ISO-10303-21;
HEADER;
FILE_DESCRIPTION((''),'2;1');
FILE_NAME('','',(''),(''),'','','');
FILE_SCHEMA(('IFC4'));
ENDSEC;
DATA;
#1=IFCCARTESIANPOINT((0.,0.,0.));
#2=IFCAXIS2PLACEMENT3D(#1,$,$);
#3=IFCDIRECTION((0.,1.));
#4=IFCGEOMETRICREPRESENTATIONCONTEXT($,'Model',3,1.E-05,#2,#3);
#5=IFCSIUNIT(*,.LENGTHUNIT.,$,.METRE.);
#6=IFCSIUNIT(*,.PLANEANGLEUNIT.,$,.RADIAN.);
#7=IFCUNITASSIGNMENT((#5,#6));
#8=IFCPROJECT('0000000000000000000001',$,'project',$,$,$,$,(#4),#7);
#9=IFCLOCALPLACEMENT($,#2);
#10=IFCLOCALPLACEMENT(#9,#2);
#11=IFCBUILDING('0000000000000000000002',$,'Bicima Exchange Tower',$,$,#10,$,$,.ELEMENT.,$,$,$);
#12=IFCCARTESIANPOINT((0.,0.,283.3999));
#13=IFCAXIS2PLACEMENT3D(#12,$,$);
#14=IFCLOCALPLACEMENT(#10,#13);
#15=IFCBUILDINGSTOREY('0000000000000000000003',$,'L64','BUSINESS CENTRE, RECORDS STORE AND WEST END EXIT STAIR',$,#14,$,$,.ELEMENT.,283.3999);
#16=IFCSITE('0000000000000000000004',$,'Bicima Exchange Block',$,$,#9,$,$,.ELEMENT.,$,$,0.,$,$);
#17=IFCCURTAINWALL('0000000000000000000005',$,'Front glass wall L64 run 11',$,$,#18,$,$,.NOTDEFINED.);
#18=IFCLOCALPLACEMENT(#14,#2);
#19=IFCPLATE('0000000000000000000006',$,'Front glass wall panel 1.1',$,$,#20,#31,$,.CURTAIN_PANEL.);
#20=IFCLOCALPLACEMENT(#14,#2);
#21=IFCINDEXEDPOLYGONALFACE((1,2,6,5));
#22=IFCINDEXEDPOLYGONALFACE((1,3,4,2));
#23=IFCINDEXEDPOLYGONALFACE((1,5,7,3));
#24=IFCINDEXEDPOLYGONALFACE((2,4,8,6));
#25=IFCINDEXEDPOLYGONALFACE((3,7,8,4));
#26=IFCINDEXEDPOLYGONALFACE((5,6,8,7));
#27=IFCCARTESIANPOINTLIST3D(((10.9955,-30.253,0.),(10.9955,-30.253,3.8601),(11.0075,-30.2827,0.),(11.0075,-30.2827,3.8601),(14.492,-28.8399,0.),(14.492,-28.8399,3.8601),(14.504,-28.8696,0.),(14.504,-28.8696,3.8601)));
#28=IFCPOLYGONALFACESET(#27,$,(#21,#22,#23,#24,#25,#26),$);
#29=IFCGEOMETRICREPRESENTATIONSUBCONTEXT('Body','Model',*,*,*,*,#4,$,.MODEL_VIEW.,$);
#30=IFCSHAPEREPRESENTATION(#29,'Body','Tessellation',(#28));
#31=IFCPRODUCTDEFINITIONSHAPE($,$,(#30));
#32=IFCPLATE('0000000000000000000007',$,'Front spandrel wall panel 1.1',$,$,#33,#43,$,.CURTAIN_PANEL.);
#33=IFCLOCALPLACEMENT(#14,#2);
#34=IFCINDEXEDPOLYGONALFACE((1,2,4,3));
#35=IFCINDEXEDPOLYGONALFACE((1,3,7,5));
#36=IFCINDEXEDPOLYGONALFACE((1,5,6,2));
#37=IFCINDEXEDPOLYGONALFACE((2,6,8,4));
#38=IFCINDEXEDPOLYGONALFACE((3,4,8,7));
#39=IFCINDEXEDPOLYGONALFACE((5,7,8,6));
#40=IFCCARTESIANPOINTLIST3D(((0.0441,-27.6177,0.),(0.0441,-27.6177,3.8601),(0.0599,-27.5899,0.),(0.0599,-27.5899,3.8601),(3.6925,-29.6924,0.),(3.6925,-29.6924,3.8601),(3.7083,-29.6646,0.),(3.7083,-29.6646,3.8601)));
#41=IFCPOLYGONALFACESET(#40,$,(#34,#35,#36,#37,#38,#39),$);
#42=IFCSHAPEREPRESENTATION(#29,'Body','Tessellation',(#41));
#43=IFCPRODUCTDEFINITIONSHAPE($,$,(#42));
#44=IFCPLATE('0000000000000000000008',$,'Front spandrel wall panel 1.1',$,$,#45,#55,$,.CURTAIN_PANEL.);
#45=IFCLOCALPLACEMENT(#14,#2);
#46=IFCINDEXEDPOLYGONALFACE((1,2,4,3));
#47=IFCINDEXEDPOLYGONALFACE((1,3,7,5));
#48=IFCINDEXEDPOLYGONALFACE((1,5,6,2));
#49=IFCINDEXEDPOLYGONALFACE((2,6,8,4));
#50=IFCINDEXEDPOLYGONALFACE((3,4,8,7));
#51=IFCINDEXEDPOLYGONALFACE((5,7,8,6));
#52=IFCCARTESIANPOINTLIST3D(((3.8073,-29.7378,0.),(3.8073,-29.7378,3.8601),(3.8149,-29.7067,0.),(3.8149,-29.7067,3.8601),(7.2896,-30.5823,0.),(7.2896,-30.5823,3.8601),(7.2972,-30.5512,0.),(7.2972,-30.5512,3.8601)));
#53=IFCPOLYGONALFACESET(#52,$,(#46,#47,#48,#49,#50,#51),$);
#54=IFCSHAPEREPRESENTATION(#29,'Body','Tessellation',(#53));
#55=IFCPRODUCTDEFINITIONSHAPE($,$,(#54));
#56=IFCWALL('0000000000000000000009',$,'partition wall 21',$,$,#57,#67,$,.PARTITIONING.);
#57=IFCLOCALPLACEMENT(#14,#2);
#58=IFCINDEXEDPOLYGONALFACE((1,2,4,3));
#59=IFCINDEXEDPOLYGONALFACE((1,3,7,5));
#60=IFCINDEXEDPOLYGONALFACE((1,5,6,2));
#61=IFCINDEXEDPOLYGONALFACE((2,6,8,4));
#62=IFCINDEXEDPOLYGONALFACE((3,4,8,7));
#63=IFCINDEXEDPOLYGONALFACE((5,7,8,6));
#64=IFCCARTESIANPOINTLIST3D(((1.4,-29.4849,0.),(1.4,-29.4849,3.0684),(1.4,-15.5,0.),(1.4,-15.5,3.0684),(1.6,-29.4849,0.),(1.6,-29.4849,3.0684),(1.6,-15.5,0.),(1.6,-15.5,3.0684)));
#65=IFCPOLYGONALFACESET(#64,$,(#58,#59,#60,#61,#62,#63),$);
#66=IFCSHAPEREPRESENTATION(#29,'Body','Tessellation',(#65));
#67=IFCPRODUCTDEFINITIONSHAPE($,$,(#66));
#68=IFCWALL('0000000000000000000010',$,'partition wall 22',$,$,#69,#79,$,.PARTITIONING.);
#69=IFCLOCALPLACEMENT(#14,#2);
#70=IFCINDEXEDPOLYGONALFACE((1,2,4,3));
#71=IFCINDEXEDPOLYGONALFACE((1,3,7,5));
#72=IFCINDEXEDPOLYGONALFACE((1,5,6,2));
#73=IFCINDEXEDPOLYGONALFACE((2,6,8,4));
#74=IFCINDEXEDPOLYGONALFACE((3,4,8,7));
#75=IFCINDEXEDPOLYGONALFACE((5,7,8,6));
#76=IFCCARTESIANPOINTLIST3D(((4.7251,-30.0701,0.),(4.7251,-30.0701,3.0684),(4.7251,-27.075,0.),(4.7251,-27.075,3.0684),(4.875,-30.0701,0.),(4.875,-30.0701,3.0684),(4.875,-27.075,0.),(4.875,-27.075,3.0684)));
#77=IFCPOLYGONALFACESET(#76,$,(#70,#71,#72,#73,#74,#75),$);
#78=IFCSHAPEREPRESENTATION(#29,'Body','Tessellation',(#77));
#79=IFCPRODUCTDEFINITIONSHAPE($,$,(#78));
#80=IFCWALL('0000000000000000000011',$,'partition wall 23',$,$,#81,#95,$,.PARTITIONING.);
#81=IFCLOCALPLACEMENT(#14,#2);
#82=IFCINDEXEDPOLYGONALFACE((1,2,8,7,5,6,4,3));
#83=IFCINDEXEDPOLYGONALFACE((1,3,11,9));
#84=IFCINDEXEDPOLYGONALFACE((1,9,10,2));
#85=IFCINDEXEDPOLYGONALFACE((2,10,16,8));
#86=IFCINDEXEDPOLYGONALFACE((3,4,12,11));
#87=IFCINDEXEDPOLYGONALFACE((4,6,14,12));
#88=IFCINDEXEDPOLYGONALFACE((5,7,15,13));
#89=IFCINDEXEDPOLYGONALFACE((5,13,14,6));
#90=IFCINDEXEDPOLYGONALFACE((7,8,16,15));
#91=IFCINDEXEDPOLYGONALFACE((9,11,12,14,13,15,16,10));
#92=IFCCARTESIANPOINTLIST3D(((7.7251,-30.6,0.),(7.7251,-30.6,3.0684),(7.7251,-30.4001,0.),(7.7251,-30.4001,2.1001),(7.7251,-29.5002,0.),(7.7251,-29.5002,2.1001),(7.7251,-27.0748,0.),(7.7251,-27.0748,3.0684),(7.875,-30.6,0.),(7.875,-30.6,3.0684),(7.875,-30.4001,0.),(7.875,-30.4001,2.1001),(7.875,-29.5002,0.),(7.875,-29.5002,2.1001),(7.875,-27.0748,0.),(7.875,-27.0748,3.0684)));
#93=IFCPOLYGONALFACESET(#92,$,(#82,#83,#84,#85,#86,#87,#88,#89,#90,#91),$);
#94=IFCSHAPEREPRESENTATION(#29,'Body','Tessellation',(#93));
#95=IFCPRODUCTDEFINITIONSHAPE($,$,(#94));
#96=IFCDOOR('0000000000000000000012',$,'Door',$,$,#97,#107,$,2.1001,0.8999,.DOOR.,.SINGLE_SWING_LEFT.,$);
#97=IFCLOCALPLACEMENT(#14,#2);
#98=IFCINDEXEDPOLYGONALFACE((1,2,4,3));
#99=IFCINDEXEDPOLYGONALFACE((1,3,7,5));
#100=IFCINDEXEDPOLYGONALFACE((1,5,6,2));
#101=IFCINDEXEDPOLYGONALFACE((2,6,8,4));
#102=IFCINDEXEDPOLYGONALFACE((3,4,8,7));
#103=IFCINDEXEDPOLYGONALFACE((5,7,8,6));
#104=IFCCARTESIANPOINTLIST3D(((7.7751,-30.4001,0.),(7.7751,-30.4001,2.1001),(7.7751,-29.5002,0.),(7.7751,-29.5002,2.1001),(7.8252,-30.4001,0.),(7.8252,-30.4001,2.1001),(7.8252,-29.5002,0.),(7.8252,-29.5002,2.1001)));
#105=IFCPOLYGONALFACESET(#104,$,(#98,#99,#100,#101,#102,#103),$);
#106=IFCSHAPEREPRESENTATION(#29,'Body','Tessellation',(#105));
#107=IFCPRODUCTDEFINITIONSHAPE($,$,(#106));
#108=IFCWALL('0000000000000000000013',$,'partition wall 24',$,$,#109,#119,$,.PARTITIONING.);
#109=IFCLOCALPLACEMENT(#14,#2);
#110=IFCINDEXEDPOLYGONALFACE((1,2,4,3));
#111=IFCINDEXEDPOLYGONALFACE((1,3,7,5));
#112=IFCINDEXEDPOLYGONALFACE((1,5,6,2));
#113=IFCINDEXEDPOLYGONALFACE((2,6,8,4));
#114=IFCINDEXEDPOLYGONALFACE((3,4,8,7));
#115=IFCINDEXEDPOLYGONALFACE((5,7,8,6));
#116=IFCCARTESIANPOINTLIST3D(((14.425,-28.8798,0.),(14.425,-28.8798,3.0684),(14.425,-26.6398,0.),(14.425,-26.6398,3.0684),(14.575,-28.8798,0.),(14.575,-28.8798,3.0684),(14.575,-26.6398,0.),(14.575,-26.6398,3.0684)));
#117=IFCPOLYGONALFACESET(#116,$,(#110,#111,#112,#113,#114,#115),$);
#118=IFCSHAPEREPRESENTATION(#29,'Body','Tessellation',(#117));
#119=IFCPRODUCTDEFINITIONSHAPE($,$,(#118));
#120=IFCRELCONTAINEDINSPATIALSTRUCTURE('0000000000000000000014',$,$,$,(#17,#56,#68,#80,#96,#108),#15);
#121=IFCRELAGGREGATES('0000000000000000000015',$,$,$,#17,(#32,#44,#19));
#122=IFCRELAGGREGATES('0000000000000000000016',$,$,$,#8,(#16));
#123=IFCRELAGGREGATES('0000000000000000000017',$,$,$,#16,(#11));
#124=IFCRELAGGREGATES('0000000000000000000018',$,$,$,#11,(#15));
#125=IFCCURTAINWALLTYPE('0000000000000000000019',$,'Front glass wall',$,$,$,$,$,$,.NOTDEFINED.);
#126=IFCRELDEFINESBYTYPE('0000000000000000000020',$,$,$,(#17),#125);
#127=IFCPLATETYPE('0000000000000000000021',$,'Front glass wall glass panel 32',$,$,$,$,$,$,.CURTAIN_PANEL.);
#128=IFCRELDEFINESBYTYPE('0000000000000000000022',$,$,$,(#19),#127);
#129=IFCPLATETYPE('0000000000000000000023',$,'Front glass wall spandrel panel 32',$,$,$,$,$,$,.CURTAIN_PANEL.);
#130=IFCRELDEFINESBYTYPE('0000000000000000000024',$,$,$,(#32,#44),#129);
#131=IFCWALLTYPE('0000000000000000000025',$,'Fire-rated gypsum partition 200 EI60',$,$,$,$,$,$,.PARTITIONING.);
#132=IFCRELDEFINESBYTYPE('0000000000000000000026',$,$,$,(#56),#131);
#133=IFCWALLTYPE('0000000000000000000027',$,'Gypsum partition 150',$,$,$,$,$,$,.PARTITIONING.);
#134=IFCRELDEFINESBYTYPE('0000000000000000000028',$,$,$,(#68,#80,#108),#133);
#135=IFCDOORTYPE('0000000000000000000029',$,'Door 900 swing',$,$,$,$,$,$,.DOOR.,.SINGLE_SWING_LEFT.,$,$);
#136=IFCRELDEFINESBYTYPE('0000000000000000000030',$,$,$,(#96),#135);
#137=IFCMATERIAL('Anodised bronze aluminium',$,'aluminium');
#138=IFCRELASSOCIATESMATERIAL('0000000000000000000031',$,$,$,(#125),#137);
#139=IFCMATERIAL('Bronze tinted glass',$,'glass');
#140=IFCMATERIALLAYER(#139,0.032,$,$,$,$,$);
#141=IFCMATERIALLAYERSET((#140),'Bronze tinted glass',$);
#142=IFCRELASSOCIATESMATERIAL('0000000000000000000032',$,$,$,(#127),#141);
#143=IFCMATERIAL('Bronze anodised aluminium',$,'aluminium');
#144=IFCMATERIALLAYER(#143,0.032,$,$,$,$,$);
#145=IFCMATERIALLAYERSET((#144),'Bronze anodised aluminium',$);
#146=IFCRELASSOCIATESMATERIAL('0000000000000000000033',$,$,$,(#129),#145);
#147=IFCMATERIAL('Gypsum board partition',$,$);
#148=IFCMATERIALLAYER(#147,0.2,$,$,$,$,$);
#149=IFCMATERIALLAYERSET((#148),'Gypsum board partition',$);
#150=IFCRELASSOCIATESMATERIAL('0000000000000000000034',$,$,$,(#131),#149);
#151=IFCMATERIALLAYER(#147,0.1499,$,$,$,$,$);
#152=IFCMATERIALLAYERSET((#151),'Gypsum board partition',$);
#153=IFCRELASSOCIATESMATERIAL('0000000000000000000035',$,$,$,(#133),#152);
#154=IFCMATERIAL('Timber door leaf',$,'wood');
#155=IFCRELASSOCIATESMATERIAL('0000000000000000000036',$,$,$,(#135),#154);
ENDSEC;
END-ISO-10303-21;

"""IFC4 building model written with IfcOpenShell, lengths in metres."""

from ifc_helpers import new_model, si_unit, direction, frame, frame_2d, origin, origin_2d, place, context, subcontext, project, spatial, rectangle, extrude, material, layer, layer_set, type_object, element, fill, aggregate, save


model = new_model("IFC4")

# Units and contexts
model_context = context("Model", 3, precision=1e-05, world=origin(), true_north=direction((0.0, 1.0)))
body_context = subcontext(model_context, "Body", "Model", "MODEL_VIEW")
ifc_project = project(units=[si_unit("LENGTHUNIT", "METRE"), si_unit("PLANEANGLEUNIT", "RADIAN")], contexts=[model_context])

# Site, building, storey
site_placement = place(None, origin())
site = spatial("IfcSite", under=ifc_project, at=site_placement, Name="Bicima Exchange Block", CompositionType="ELEMENT", RefElevation=0.0)
building_placement = place(site_placement, origin())
building = spatial("IfcBuilding", under=site, at=building_placement, Name="Bicima Exchange Tower", CompositionType="ELEMENT")
storey_placement = place(building_placement, frame((0.0, 0.0, 283.3999)))
storey = spatial("IfcBuildingStorey", under=building, at=storey_placement, Name="L64", Description="BUSINESS CENTRE, RECORDS STORE AND WEST END EXIT STAIR", CompositionType="ELEMENT", Elevation=283.3999)

# Curtain wall, plates
ifc_material_1 = material(Name="Anodised bronze aluminium", Category="aluminium")
curtain_wall_type = type_object("IfcCurtainWallType", Name="Front glass wall", PredefinedType="NOTDEFINED", material=ifc_material_1)
curtain_wall_placement = place(storey_placement, origin())
curtain_wall = element("IfcCurtainWall", 1, at=curtain_wall_placement, inside=storey, type_object=curtain_wall_type, Name="Front glass wall L64 run 11", PredefinedType="NOTDEFINED")
ifc_material_2 = material(Name="Bronze tinted glass", Category="glass")
ifc_layer_1 = layer(ifc_material_2, 0.032)
ifc_layer_set_1 = layer_set([ifc_layer_1], Name="Bronze tinted glass")
plate_type_1 = type_object("IfcPlateType", Name="Front glass wall glass panel 32", PredefinedType="CURTAIN_PANEL", material=ifc_layer_set_1)
plate_1_placement = place(storey_placement, frame((12.7498, -29.5613, 0.0), z_axis=(0.0, 0.0, 1.0), x_axis=(0.927144, 0.374705, 0.0)))
plate_1 = element("IfcPlate", 2, at=plate_1_placement, type_object=plate_type_1, Name="Front glass wall panel 1.1", PredefinedType="CURTAIN_PANEL", context=body_context, shape_type="SweptSolid", body=[
    extrude(rectangle(XDim=3.7712, YDim=0.032, at=origin_2d()), origin(), (0.0, 0.0, 1.0), 3.8601),
])
ifc_material_3 = material(Name="Bronze anodised aluminium", Category="aluminium")
ifc_layer_2 = layer(ifc_material_3, 0.032)
ifc_layer_set_2 = layer_set([ifc_layer_2], Name="Bronze anodised aluminium")
plate_type_2 = type_object("IfcPlateType", Name="Front glass wall spandrel panel 32", PredefinedType="CURTAIN_PANEL", material=ifc_layer_set_2)
plate_2_placement = place(storey_placement, frame((1.8762, -28.6411, 0.0), z_axis=(0.0, 0.0, 1.0), x_axis=(0.869274, -0.49433, 0.0)))
plate_2 = element("IfcPlate", 3, at=plate_2_placement, type_object=plate_type_2, Name="Front spandrel wall panel 1.1", PredefinedType="CURTAIN_PANEL", context=body_context, shape_type="SweptSolid", body=[
    extrude(rectangle(XDim=4.197, YDim=0.032, at=origin_2d()), origin(), (0.0, 0.0, 1.0), 3.8601),
])
plate_3_placement = place(storey_placement, frame((5.5522, -30.1445, 0.0), z_axis=(0.0, 0.0, 1.0), x_axis=(0.97183, -0.235682, 0.0)))
plate_3 = element("IfcPlate", 4, at=plate_3_placement, type_object=plate_type_2, Name="Front spandrel wall panel 1.1", PredefinedType="CURTAIN_PANEL", context=body_context, shape_type="SweptSolid", body=[
    extrude(rectangle(XDim=3.5833, YDim=0.032, at=origin_2d()), origin(), (0.0, 0.0, 1.0), 3.8601),
])
aggregate(curtain_wall, [plate_2, plate_3, plate_1])

# Walls
ifc_material_4 = material(Name="Gypsum board partition")
ifc_layer_3 = layer(ifc_material_4, 0.2)
ifc_layer_set_3 = layer_set([ifc_layer_3], Name="Gypsum board partition")
wall_type_1 = type_object("IfcWallType", Name="Fire-rated gypsum partition 200 EI60", PredefinedType="PARTITIONING", material=ifc_layer_set_3)
wall_1_placement = place(storey_placement, frame((1.5, -29.4849, 0.0), z_axis=(0.0, 0.0, 1.0), x_axis=(0.0, 1.0, 0.0)))
element("IfcWall", 5, at=wall_1_placement, inside=storey, type_object=wall_type_1, Name="partition wall 21", PredefinedType="PARTITIONING", context=body_context, shape_type="SweptSolid", body=[
    extrude(rectangle(XDim=13.9849, YDim=0.2, at=frame_2d((6.9924, 0.0))), origin(), (0.0, 0.0, 1.0), 3.0684),
])
ifc_layer_4 = layer(ifc_material_4, 0.1499)
ifc_layer_set_4 = layer_set([ifc_layer_4], Name="Gypsum board partition")
wall_type_2 = type_object("IfcWallType", Name="Gypsum partition 150", PredefinedType="PARTITIONING", material=ifc_layer_set_4)
wall_2_placement = place(storey_placement, frame((4.8, -30.0701, 0.0), z_axis=(0.0, 0.0, 1.0), x_axis=(0.0, 1.0, 0.0)))
element("IfcWall", 6, at=wall_2_placement, inside=storey, type_object=wall_type_2, Name="partition wall 22", PredefinedType="PARTITIONING", context=body_context, shape_type="SweptSolid", body=[
    extrude(rectangle(XDim=2.9951, YDim=0.1499, at=frame_2d((1.4976, 0.0))), origin(), (0.0, 0.0, 1.0), 3.0684),
])

# Wall, opening, door
wall_3_placement = place(storey_placement, frame((7.8, -30.6001, 0.0), z_axis=(0.0, 0.0, 1.0), x_axis=(0.0, 1.0, 0.0)))
wall_3 = element("IfcWall", 7, at=wall_3_placement, inside=storey, type_object=wall_type_2, Name="partition wall 23", PredefinedType="PARTITIONING", context=body_context, shape_type="SweptSolid", body=[
    extrude(rectangle(XDim=3.5251, YDim=0.1499, at=frame_2d((1.7627, 0.0))), origin(), (0.0, 0.0, 1.0), 3.0684),
])
opening_placement = place(wall_3_placement, frame((0.2, 0.0, 0.0)))
opening = element("IfcOpeningElement", 8, at=opening_placement, cuts=wall_3, PredefinedType="OPENING", context=body_context, shape_type="SweptSolid", body=[
    extrude(rectangle(XDim=0.8999, YDim=2.1001, at=frame_2d((0.45, 1.05))), frame((0.0, 0.0869, 0.0), z_axis=(0.0, -1.0, 0.0), x_axis=(1.0, 0.0, 0.0)), (0.0, 0.0, 1.0), 0.1738),
])
ifc_material_5 = material(Name="Timber door leaf", Category="wood")
door_type = type_object("IfcDoorType", Name="Door 900 swing", OperationType="SINGLE_SWING_LEFT", PredefinedType="DOOR", material=ifc_material_5)
door_placement = place(opening_placement, origin())
door = element("IfcDoor", 9, at=door_placement, inside=storey, type_object=door_type, Name="Door", OperationType="SINGLE_SWING_LEFT", OverallHeight=2.1001, OverallWidth=0.8999, PredefinedType="DOOR", context=body_context, shape_type="SweptSolid", body=[
    extrude(rectangle(XDim=0.8999, YDim=2.1001, at=frame_2d((0.45, 1.05))), frame((0.0, 0.0249, 0.0), z_axis=(0.0, -1.0, 0.0), x_axis=(1.0, 0.0, 0.0)), (0.0, 0.0, 1.0), 0.05),
])
fill(opening, door)

# Wall
wall_4_placement = place(storey_placement, frame((14.5, -28.8799, 0.0), z_axis=(0.0, 0.0, 1.0), x_axis=(0.0, 1.0, 0.0)))
element("IfcWall", 10, at=wall_4_placement, inside=storey, type_object=wall_type_2, Name="partition wall 24", PredefinedType="PARTITIONING", context=body_context, shape_type="SweptSolid", body=[
    extrude(rectangle(XDim=2.24, YDim=0.1499, at=frame_2d((1.1201, 0.0))), origin(), (0.0, 0.0, 1.0), 3.0684),
])

save(model, "model.ifc")
